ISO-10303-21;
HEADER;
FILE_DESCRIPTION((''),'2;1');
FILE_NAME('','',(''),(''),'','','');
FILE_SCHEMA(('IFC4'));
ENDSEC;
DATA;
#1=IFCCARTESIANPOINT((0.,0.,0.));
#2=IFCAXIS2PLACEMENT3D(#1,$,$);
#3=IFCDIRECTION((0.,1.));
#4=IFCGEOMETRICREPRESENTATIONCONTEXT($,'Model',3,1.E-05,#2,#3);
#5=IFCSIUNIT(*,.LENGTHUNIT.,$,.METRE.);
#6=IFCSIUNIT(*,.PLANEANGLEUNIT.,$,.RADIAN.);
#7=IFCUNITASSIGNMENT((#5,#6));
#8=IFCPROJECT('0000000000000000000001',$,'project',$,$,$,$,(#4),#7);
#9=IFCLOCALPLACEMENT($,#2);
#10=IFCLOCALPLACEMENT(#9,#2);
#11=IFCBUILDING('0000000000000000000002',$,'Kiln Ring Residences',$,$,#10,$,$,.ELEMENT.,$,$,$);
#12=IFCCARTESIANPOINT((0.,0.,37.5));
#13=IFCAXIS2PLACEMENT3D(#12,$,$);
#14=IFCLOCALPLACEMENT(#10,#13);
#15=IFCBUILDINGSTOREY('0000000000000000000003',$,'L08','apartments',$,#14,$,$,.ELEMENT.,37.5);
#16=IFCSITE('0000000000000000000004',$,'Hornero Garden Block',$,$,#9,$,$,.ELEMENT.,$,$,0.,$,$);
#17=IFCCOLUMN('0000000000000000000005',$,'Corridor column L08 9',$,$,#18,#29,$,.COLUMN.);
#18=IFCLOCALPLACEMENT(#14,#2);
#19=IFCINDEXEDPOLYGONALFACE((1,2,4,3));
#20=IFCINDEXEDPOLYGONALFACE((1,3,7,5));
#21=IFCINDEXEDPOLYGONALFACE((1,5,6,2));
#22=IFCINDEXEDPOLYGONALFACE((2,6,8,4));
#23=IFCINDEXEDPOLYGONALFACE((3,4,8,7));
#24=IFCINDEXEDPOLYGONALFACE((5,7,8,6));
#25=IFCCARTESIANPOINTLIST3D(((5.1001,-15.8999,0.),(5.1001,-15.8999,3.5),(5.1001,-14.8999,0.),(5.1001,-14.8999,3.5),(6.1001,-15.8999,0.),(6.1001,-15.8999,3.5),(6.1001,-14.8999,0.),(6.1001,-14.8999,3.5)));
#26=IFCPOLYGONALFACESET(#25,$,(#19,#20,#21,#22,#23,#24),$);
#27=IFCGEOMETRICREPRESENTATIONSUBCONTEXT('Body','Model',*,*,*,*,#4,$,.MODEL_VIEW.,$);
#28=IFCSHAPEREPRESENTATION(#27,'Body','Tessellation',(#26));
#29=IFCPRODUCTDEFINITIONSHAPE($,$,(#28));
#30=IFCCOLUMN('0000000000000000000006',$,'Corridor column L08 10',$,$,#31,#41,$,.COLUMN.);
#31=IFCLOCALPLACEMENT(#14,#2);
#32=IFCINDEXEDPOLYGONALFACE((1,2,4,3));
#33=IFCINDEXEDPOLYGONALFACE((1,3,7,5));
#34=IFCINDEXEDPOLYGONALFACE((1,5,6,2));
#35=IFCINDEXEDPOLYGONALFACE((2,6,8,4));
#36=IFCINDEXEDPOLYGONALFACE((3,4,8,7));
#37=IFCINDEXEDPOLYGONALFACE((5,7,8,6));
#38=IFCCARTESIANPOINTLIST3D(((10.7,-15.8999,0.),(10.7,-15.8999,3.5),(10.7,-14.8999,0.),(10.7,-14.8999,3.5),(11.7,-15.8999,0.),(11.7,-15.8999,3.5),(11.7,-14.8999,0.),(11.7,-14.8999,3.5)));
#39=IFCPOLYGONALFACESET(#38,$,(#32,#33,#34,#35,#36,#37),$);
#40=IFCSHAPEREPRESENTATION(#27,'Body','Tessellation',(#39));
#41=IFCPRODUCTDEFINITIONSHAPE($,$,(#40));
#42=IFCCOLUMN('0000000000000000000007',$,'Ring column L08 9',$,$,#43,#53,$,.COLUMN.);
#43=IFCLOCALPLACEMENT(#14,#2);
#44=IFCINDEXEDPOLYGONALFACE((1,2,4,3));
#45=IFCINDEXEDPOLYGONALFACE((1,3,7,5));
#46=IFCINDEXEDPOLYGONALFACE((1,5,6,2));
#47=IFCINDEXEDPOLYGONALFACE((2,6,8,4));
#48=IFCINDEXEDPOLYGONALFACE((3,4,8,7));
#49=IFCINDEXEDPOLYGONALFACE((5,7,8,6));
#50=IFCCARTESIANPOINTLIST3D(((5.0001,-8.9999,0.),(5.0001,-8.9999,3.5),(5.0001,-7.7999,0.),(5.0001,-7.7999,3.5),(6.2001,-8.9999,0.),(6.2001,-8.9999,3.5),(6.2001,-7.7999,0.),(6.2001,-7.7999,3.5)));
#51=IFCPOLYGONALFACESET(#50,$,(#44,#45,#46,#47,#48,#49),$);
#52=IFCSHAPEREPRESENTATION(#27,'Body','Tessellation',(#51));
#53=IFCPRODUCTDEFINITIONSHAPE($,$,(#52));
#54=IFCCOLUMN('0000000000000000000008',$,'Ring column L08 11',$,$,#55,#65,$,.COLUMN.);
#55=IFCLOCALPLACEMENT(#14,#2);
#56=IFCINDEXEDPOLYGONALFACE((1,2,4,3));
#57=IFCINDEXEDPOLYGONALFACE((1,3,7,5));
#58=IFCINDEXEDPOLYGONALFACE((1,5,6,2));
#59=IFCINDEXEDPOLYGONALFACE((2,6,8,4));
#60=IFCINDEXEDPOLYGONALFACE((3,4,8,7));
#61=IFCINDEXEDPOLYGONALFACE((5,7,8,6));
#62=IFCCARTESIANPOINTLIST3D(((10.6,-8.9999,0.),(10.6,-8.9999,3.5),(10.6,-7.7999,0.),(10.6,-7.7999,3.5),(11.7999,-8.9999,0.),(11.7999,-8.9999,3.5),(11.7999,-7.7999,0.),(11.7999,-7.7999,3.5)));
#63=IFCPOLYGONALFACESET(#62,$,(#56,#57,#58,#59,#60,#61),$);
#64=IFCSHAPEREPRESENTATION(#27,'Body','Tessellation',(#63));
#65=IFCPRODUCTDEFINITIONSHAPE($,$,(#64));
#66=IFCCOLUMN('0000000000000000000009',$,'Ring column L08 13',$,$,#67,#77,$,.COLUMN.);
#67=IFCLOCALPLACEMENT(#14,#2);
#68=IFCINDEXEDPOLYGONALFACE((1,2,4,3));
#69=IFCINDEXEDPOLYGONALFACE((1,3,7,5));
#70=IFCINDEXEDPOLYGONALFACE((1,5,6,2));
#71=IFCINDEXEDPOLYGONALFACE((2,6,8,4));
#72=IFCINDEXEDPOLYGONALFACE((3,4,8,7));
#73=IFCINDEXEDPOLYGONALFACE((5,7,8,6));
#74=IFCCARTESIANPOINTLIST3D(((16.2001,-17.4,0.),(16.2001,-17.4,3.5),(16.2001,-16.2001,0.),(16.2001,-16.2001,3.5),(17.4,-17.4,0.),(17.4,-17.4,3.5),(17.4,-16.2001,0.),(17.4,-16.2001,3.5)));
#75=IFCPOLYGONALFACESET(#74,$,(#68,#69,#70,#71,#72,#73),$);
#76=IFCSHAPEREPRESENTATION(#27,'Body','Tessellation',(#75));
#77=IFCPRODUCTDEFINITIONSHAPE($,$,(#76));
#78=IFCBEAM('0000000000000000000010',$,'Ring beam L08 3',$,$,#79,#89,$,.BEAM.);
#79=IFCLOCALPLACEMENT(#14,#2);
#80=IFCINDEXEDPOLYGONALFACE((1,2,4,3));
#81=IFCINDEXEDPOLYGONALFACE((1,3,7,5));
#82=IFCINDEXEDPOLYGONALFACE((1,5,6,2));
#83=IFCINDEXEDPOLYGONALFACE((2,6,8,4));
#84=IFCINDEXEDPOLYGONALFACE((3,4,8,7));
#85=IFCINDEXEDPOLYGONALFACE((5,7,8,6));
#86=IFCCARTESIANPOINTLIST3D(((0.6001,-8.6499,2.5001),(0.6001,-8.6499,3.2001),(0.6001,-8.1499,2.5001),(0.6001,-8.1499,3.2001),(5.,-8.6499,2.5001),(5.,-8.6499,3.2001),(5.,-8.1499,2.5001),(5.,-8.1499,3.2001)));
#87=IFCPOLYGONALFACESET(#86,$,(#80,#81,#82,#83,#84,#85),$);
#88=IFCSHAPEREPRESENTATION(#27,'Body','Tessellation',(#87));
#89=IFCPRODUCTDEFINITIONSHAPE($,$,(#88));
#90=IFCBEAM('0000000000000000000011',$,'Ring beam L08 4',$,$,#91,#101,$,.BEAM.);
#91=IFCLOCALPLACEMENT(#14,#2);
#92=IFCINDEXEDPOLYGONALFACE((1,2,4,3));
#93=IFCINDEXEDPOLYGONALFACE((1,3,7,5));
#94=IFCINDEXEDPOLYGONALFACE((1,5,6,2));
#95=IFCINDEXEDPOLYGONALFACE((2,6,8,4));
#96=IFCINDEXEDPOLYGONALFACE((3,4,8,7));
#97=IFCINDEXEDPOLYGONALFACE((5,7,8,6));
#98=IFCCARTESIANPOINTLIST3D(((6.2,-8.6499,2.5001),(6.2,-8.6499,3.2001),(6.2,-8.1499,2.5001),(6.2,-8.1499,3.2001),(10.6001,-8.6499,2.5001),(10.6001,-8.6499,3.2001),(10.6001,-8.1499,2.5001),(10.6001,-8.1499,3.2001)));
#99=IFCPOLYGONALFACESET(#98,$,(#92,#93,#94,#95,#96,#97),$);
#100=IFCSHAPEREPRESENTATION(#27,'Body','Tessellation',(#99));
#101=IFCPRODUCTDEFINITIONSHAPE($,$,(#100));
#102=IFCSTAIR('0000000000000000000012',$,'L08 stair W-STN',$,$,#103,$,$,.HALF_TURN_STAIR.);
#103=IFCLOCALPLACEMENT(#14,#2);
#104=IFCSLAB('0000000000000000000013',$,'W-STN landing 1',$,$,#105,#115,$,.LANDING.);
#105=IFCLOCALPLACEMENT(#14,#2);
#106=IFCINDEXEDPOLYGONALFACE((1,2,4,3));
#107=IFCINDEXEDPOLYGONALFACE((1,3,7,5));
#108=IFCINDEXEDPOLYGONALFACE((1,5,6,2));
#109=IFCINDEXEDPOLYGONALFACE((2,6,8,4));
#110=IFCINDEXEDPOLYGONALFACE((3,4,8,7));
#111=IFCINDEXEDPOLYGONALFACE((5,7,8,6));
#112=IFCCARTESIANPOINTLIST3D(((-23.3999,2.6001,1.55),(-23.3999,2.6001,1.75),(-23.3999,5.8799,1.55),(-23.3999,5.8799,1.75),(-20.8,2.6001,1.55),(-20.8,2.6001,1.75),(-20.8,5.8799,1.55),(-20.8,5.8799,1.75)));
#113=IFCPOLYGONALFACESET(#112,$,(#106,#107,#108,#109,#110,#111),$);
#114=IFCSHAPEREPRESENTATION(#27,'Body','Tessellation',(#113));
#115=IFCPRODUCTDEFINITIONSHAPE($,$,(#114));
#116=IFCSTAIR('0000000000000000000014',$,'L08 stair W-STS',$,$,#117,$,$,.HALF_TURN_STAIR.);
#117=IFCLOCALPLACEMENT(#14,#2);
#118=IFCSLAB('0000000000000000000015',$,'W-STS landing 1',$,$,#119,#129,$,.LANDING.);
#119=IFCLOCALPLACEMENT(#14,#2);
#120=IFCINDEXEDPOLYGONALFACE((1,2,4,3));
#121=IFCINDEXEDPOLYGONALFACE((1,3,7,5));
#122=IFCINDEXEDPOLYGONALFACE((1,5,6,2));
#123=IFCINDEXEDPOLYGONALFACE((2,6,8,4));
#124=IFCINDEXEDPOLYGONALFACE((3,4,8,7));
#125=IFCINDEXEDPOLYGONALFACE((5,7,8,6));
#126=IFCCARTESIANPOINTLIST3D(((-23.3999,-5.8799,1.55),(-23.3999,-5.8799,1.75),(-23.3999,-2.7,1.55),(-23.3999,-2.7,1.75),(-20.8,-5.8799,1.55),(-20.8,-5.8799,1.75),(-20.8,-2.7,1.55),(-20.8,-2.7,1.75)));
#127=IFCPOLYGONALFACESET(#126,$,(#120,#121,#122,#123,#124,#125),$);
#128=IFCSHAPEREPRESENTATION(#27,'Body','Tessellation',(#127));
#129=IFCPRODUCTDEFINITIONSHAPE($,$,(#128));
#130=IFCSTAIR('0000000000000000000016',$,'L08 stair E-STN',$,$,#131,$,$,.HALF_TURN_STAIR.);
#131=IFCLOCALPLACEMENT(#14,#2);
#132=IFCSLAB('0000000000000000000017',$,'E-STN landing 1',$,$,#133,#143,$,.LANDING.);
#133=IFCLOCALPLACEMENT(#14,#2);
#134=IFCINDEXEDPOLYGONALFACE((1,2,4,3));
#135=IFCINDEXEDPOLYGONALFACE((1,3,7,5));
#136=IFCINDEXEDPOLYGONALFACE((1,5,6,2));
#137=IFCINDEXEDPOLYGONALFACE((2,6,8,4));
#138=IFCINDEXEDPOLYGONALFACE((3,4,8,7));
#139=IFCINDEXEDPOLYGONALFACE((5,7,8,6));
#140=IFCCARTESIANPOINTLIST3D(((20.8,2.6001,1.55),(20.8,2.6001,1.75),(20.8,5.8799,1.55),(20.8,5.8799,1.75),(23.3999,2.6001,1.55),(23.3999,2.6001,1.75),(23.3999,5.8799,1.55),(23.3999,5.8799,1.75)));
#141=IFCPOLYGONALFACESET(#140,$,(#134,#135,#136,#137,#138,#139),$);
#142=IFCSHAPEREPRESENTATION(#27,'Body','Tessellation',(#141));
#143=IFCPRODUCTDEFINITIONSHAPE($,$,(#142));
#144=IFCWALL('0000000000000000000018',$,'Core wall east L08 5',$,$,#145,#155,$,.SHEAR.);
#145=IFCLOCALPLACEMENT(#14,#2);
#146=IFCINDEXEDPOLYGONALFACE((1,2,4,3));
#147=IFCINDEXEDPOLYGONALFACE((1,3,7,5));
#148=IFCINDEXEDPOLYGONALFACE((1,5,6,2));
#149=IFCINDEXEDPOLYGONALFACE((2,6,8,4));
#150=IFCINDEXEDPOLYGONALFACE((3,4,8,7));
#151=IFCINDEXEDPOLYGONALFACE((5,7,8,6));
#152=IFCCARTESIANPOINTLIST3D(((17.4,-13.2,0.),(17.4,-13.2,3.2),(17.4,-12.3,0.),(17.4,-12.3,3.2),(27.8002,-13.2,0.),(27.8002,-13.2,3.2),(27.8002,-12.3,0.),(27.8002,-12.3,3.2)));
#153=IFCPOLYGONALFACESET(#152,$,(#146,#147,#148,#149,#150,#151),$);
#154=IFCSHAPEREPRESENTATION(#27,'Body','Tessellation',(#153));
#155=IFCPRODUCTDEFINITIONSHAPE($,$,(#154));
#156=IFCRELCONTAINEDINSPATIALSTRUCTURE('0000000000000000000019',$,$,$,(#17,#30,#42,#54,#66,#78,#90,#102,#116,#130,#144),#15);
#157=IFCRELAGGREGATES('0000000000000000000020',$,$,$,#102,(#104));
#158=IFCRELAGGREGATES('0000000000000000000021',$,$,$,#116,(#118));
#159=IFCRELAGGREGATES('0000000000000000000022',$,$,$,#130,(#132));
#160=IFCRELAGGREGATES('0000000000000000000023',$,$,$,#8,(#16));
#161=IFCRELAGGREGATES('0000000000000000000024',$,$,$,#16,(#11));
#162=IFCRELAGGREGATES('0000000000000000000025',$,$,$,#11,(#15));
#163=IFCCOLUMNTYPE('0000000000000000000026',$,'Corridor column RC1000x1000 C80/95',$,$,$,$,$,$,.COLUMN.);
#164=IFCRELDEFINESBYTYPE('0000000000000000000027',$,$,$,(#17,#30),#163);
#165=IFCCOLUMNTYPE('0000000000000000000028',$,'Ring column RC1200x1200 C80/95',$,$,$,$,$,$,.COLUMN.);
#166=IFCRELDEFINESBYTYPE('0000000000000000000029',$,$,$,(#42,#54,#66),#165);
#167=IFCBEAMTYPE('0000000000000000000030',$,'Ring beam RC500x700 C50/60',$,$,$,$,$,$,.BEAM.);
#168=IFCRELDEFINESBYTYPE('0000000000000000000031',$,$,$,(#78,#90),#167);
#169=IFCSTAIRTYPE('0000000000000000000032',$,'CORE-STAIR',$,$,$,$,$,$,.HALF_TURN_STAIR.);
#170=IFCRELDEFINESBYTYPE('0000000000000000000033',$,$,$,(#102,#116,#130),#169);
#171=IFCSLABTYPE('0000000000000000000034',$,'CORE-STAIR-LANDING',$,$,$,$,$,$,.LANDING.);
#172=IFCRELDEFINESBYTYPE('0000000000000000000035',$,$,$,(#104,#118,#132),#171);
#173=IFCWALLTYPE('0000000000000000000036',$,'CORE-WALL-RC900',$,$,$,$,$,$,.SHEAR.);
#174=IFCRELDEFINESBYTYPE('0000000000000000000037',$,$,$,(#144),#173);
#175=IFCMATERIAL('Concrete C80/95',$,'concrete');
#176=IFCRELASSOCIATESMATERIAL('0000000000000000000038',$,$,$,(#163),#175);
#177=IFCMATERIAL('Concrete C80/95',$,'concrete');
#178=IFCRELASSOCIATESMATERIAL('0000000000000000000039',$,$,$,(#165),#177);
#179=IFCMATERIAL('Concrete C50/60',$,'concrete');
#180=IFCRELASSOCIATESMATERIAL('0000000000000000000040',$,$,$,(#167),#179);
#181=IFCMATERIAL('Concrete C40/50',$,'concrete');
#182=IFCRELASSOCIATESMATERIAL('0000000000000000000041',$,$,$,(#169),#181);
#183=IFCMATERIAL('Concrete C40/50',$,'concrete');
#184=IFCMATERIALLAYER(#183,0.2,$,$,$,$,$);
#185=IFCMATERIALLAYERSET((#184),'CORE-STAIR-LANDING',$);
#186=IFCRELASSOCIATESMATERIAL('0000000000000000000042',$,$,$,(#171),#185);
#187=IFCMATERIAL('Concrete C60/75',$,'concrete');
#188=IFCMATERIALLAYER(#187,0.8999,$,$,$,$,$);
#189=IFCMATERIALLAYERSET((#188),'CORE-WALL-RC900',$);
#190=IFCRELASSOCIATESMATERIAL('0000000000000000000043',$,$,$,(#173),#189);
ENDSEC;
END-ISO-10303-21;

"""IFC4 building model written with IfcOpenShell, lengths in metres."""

from ifc_helpers import new_model, si_unit, direction, frame, frame_2d, origin, origin_2d, place, context, subcontext, project, spatial, polyline, rectangle, outline, extrude, material, layer, layer_set, material_profile, profile_set, type_object, element, aggregate, save


model = new_model("IFC4")

# Units and contexts
model_context = context("Model", 3, precision=1e-05, world=origin(), true_north=direction((0.0, 1.0)))
body_context = subcontext(model_context, "Body", "Model", "MODEL_VIEW")
ifc_project = project(units=[si_unit("LENGTHUNIT", "METRE"), si_unit("PLANEANGLEUNIT", "RADIAN")], contexts=[model_context])

# Site, building, storey
site_placement = place(None, origin())
site = spatial("IfcSite", under=ifc_project, at=site_placement, Name="Hornero Garden Block", CompositionType="ELEMENT", RefElevation=0.0)
building_placement = place(site_placement, origin())
building = spatial("IfcBuilding", under=site, at=building_placement, Name="Kiln Ring Residences", CompositionType="ELEMENT")
storey_placement = place(building_placement, frame((0.0, 0.0, 37.5)))
storey = spatial("IfcBuildingStorey", under=building, at=storey_placement, Name="L08", Description="apartments", CompositionType="ELEMENT", Elevation=37.5)

# Columns
ifc_material_1 = material(Name="Concrete C80/95", Category="concrete")
ifc_material_profile_1 = material_profile(ifc_material_1, rectangle(XDim=1.0, YDim=1.0, at=origin_2d()), Name="RC1000x1000")
ifc_profile_set_1 = profile_set([ifc_material_profile_1], Name="Concrete C80/95")
column_type_1 = type_object("IfcColumnType", Name="Corridor column RC1000x1000 C80/95", PredefinedType="COLUMN", material=ifc_profile_set_1)
for number, where, z_axis, x_axis, name in (
    (1, (5.6001, -15.3999, 0.0), (0.0, 0.0, 1.0), (1.0, 0.0, 0.0), "Corridor column L08 9"),
    (2, (11.2, -15.3999, 0.0), (0.0, 0.0, 1.0), (1.0, 0.0, 0.0), "Corridor column L08 10"),
):
    element("IfcColumn", number, at=place(storey_placement, frame(where, z_axis=z_axis, x_axis=x_axis)), inside=storey, type_object=column_type_1, Name=name, PredefinedType="COLUMN", context=body_context, shape_type="SweptSolid", body=[
        extrude(rectangle(XDim=1.0, YDim=1.0, at=origin_2d()), origin(), (0.0, 0.0, 1.0), 3.5),
    ])
ifc_material_2 = material(Name="Concrete C80/95", Category="concrete")
ifc_material_profile_2 = material_profile(ifc_material_2, rectangle(XDim=1.2, YDim=1.2, at=origin_2d()), Name="RC1200x1200")
ifc_profile_set_2 = profile_set([ifc_material_profile_2], Name="Concrete C80/95")
column_type_2 = type_object("IfcColumnType", Name="Ring column RC1200x1200 C80/95", PredefinedType="COLUMN", material=ifc_profile_set_2)
for number, where, z_axis, x_axis, name in (
    (3, (5.6001, -8.3999, 0.0), (0.0, 0.0, 1.0), (1.0, 0.0, 0.0), "Ring column L08 9"),
    (4, (11.2, -8.3999, 0.0), (0.0, 0.0, 1.0), (1.0, 0.0, 0.0), "Ring column L08 11"),
    (5, (16.8, -16.8, 0.0), (0.0, 0.0, 1.0), (1.0, 0.0, 0.0), "Ring column L08 13"),
):
    element("IfcColumn", number, at=place(storey_placement, frame(where, z_axis=z_axis, x_axis=x_axis)), inside=storey, type_object=column_type_2, Name=name, PredefinedType="COLUMN", context=body_context, shape_type="SweptSolid", body=[
        extrude(rectangle(XDim=1.2, YDim=1.2, at=origin_2d()), origin(), (0.0, 0.0, 1.0), 3.5),
    ])

# Beams
ifc_material_3 = material(Name="Concrete C50/60", Category="concrete")
ifc_material_profile_3 = material_profile(ifc_material_3, rectangle(XDim=0.5, YDim=0.7, at=origin_2d()), Name="RC500x700")
ifc_profile_set_3 = profile_set([ifc_material_profile_3], Name="Concrete C50/60")
beam_type = type_object("IfcBeamType", Name="Ring beam RC500x700 C50/60", PredefinedType="BEAM", material=ifc_profile_set_3)
beam_1_placement = place(storey_placement, frame((0.6001, -8.3999, 2.8501), z_axis=(1.0, 0.0, 0.0), x_axis=(0.0, 1.0, 0.0)))
element("IfcBeam", 6, at=beam_1_placement, inside=storey, type_object=beam_type, Name="Ring beam L08 3", PredefinedType="BEAM", context=body_context, shape_type="SweptSolid", body=[
    extrude(rectangle(XDim=0.5, YDim=0.7, at=origin_2d()), origin(), (0.0, 0.0, 1.0), 4.3999),
])
beam_2_placement = place(storey_placement, frame((6.2, -8.3999, 2.8501), z_axis=(1.0, 0.0, 0.0), x_axis=(0.0, 1.0, 0.0)))
element("IfcBeam", 7, at=beam_2_placement, inside=storey, type_object=beam_type, Name="Ring beam L08 4", PredefinedType="BEAM", context=body_context, shape_type="SweptSolid", body=[
    extrude(rectangle(XDim=0.5, YDim=0.7, at=origin_2d()), origin(), (0.0, 0.0, 1.0), 4.4001),
])

# Stairs, slabs
ifc_material_4 = material(Name="Concrete C40/50", Category="concrete")
stair_type = type_object("IfcStairType", Name="CORE-STAIR", PredefinedType="HALF_TURN_STAIR", material=ifc_material_4)
placement_1 = place(storey_placement, origin())
stair_1 = element("IfcStair", 8, at=placement_1, inside=storey, type_object=stair_type, Name="L08 stair W-STN", PredefinedType="HALF_TURN_STAIR")
ifc_material_5 = material(Name="Concrete C40/50", Category="concrete")
ifc_layer_1 = layer(ifc_material_5, 0.2)
ifc_layer_set_1 = layer_set([ifc_layer_1], Name="CORE-STAIR-LANDING")
slab_type = type_object("IfcSlabType", Name="CORE-STAIR-LANDING", PredefinedType="LANDING", material=ifc_layer_set_1)
placement_2 = place(storey_placement, frame((0.0, 0.0, 1.55)))
slab_1 = element("IfcSlab", 9, at=placement_2, type_object=slab_type, Name="W-STN landing 1", PredefinedType="LANDING", context=body_context, shape_type="SweptSolid", body=[
    extrude(outline(polyline([(-23.3999, 5.8799), (-23.3999, 2.6001), (-20.8, 2.6001), (-20.8, 5.8799), (-23.3999, 5.8799)])), origin(), (0.0, 0.0, 1.0), 0.2),
])
aggregate(stair_1, [slab_1])
stair_2 = element("IfcStair", 10, at=placement_1, inside=storey, type_object=stair_type, Name="L08 stair W-STS", PredefinedType="HALF_TURN_STAIR")
slab_2 = element("IfcSlab", 11, at=placement_2, type_object=slab_type, Name="W-STS landing 1", PredefinedType="LANDING", context=body_context, shape_type="SweptSolid", body=[
    extrude(outline(polyline([(-20.8, -5.8799), (-20.8, -2.7), (-23.3999, -2.7), (-23.3999, -5.8799), (-20.8, -5.8799)])), origin(), (0.0, 0.0, 1.0), 0.2),
])
aggregate(stair_2, [slab_2])
stair_3 = element("IfcStair", 12, at=placement_1, inside=storey, type_object=stair_type, Name="L08 stair E-STN", PredefinedType="HALF_TURN_STAIR")
slab_3 = element("IfcSlab", 13, at=placement_2, type_object=slab_type, Name="E-STN landing 1", PredefinedType="LANDING", context=body_context, shape_type="SweptSolid", body=[
    extrude(outline(polyline([(20.8, 5.8799), (20.8, 2.6001), (23.3999, 2.6001), (23.3999, 5.8799), (20.8, 5.8799)])), origin(), (0.0, 0.0, 1.0), 0.2),
])
aggregate(stair_3, [slab_3])

# Wall
ifc_material_6 = material(Name="Concrete C60/75", Category="concrete")
ifc_layer_2 = layer(ifc_material_6, 0.8999)
ifc_layer_set_2 = layer_set([ifc_layer_2], Name="CORE-WALL-RC900")
wall_type_1 = type_object("IfcWallType", Name="CORE-WALL-RC900", PredefinedType="SHEAR", material=ifc_layer_set_2)
wall_1_placement = place(storey_placement, frame((17.3999, -12.75, 0.0), z_axis=(0.0, 0.0, 1.0), x_axis=(1.0, 0.0, 0.0)))
element("IfcWall", 14, at=wall_1_placement, inside=storey, type_object=wall_type_1, Name="Core wall east L08 5", PredefinedType="SHEAR", context=body_context, shape_type="SweptSolid", body=[
    extrude(rectangle(XDim=10.4001, YDim=0.8999, at=frame_2d((5.2002, 0.0))), origin(), (0.0, 0.0, 1.0), 3.2),
])

save(model, "model.ifc")
